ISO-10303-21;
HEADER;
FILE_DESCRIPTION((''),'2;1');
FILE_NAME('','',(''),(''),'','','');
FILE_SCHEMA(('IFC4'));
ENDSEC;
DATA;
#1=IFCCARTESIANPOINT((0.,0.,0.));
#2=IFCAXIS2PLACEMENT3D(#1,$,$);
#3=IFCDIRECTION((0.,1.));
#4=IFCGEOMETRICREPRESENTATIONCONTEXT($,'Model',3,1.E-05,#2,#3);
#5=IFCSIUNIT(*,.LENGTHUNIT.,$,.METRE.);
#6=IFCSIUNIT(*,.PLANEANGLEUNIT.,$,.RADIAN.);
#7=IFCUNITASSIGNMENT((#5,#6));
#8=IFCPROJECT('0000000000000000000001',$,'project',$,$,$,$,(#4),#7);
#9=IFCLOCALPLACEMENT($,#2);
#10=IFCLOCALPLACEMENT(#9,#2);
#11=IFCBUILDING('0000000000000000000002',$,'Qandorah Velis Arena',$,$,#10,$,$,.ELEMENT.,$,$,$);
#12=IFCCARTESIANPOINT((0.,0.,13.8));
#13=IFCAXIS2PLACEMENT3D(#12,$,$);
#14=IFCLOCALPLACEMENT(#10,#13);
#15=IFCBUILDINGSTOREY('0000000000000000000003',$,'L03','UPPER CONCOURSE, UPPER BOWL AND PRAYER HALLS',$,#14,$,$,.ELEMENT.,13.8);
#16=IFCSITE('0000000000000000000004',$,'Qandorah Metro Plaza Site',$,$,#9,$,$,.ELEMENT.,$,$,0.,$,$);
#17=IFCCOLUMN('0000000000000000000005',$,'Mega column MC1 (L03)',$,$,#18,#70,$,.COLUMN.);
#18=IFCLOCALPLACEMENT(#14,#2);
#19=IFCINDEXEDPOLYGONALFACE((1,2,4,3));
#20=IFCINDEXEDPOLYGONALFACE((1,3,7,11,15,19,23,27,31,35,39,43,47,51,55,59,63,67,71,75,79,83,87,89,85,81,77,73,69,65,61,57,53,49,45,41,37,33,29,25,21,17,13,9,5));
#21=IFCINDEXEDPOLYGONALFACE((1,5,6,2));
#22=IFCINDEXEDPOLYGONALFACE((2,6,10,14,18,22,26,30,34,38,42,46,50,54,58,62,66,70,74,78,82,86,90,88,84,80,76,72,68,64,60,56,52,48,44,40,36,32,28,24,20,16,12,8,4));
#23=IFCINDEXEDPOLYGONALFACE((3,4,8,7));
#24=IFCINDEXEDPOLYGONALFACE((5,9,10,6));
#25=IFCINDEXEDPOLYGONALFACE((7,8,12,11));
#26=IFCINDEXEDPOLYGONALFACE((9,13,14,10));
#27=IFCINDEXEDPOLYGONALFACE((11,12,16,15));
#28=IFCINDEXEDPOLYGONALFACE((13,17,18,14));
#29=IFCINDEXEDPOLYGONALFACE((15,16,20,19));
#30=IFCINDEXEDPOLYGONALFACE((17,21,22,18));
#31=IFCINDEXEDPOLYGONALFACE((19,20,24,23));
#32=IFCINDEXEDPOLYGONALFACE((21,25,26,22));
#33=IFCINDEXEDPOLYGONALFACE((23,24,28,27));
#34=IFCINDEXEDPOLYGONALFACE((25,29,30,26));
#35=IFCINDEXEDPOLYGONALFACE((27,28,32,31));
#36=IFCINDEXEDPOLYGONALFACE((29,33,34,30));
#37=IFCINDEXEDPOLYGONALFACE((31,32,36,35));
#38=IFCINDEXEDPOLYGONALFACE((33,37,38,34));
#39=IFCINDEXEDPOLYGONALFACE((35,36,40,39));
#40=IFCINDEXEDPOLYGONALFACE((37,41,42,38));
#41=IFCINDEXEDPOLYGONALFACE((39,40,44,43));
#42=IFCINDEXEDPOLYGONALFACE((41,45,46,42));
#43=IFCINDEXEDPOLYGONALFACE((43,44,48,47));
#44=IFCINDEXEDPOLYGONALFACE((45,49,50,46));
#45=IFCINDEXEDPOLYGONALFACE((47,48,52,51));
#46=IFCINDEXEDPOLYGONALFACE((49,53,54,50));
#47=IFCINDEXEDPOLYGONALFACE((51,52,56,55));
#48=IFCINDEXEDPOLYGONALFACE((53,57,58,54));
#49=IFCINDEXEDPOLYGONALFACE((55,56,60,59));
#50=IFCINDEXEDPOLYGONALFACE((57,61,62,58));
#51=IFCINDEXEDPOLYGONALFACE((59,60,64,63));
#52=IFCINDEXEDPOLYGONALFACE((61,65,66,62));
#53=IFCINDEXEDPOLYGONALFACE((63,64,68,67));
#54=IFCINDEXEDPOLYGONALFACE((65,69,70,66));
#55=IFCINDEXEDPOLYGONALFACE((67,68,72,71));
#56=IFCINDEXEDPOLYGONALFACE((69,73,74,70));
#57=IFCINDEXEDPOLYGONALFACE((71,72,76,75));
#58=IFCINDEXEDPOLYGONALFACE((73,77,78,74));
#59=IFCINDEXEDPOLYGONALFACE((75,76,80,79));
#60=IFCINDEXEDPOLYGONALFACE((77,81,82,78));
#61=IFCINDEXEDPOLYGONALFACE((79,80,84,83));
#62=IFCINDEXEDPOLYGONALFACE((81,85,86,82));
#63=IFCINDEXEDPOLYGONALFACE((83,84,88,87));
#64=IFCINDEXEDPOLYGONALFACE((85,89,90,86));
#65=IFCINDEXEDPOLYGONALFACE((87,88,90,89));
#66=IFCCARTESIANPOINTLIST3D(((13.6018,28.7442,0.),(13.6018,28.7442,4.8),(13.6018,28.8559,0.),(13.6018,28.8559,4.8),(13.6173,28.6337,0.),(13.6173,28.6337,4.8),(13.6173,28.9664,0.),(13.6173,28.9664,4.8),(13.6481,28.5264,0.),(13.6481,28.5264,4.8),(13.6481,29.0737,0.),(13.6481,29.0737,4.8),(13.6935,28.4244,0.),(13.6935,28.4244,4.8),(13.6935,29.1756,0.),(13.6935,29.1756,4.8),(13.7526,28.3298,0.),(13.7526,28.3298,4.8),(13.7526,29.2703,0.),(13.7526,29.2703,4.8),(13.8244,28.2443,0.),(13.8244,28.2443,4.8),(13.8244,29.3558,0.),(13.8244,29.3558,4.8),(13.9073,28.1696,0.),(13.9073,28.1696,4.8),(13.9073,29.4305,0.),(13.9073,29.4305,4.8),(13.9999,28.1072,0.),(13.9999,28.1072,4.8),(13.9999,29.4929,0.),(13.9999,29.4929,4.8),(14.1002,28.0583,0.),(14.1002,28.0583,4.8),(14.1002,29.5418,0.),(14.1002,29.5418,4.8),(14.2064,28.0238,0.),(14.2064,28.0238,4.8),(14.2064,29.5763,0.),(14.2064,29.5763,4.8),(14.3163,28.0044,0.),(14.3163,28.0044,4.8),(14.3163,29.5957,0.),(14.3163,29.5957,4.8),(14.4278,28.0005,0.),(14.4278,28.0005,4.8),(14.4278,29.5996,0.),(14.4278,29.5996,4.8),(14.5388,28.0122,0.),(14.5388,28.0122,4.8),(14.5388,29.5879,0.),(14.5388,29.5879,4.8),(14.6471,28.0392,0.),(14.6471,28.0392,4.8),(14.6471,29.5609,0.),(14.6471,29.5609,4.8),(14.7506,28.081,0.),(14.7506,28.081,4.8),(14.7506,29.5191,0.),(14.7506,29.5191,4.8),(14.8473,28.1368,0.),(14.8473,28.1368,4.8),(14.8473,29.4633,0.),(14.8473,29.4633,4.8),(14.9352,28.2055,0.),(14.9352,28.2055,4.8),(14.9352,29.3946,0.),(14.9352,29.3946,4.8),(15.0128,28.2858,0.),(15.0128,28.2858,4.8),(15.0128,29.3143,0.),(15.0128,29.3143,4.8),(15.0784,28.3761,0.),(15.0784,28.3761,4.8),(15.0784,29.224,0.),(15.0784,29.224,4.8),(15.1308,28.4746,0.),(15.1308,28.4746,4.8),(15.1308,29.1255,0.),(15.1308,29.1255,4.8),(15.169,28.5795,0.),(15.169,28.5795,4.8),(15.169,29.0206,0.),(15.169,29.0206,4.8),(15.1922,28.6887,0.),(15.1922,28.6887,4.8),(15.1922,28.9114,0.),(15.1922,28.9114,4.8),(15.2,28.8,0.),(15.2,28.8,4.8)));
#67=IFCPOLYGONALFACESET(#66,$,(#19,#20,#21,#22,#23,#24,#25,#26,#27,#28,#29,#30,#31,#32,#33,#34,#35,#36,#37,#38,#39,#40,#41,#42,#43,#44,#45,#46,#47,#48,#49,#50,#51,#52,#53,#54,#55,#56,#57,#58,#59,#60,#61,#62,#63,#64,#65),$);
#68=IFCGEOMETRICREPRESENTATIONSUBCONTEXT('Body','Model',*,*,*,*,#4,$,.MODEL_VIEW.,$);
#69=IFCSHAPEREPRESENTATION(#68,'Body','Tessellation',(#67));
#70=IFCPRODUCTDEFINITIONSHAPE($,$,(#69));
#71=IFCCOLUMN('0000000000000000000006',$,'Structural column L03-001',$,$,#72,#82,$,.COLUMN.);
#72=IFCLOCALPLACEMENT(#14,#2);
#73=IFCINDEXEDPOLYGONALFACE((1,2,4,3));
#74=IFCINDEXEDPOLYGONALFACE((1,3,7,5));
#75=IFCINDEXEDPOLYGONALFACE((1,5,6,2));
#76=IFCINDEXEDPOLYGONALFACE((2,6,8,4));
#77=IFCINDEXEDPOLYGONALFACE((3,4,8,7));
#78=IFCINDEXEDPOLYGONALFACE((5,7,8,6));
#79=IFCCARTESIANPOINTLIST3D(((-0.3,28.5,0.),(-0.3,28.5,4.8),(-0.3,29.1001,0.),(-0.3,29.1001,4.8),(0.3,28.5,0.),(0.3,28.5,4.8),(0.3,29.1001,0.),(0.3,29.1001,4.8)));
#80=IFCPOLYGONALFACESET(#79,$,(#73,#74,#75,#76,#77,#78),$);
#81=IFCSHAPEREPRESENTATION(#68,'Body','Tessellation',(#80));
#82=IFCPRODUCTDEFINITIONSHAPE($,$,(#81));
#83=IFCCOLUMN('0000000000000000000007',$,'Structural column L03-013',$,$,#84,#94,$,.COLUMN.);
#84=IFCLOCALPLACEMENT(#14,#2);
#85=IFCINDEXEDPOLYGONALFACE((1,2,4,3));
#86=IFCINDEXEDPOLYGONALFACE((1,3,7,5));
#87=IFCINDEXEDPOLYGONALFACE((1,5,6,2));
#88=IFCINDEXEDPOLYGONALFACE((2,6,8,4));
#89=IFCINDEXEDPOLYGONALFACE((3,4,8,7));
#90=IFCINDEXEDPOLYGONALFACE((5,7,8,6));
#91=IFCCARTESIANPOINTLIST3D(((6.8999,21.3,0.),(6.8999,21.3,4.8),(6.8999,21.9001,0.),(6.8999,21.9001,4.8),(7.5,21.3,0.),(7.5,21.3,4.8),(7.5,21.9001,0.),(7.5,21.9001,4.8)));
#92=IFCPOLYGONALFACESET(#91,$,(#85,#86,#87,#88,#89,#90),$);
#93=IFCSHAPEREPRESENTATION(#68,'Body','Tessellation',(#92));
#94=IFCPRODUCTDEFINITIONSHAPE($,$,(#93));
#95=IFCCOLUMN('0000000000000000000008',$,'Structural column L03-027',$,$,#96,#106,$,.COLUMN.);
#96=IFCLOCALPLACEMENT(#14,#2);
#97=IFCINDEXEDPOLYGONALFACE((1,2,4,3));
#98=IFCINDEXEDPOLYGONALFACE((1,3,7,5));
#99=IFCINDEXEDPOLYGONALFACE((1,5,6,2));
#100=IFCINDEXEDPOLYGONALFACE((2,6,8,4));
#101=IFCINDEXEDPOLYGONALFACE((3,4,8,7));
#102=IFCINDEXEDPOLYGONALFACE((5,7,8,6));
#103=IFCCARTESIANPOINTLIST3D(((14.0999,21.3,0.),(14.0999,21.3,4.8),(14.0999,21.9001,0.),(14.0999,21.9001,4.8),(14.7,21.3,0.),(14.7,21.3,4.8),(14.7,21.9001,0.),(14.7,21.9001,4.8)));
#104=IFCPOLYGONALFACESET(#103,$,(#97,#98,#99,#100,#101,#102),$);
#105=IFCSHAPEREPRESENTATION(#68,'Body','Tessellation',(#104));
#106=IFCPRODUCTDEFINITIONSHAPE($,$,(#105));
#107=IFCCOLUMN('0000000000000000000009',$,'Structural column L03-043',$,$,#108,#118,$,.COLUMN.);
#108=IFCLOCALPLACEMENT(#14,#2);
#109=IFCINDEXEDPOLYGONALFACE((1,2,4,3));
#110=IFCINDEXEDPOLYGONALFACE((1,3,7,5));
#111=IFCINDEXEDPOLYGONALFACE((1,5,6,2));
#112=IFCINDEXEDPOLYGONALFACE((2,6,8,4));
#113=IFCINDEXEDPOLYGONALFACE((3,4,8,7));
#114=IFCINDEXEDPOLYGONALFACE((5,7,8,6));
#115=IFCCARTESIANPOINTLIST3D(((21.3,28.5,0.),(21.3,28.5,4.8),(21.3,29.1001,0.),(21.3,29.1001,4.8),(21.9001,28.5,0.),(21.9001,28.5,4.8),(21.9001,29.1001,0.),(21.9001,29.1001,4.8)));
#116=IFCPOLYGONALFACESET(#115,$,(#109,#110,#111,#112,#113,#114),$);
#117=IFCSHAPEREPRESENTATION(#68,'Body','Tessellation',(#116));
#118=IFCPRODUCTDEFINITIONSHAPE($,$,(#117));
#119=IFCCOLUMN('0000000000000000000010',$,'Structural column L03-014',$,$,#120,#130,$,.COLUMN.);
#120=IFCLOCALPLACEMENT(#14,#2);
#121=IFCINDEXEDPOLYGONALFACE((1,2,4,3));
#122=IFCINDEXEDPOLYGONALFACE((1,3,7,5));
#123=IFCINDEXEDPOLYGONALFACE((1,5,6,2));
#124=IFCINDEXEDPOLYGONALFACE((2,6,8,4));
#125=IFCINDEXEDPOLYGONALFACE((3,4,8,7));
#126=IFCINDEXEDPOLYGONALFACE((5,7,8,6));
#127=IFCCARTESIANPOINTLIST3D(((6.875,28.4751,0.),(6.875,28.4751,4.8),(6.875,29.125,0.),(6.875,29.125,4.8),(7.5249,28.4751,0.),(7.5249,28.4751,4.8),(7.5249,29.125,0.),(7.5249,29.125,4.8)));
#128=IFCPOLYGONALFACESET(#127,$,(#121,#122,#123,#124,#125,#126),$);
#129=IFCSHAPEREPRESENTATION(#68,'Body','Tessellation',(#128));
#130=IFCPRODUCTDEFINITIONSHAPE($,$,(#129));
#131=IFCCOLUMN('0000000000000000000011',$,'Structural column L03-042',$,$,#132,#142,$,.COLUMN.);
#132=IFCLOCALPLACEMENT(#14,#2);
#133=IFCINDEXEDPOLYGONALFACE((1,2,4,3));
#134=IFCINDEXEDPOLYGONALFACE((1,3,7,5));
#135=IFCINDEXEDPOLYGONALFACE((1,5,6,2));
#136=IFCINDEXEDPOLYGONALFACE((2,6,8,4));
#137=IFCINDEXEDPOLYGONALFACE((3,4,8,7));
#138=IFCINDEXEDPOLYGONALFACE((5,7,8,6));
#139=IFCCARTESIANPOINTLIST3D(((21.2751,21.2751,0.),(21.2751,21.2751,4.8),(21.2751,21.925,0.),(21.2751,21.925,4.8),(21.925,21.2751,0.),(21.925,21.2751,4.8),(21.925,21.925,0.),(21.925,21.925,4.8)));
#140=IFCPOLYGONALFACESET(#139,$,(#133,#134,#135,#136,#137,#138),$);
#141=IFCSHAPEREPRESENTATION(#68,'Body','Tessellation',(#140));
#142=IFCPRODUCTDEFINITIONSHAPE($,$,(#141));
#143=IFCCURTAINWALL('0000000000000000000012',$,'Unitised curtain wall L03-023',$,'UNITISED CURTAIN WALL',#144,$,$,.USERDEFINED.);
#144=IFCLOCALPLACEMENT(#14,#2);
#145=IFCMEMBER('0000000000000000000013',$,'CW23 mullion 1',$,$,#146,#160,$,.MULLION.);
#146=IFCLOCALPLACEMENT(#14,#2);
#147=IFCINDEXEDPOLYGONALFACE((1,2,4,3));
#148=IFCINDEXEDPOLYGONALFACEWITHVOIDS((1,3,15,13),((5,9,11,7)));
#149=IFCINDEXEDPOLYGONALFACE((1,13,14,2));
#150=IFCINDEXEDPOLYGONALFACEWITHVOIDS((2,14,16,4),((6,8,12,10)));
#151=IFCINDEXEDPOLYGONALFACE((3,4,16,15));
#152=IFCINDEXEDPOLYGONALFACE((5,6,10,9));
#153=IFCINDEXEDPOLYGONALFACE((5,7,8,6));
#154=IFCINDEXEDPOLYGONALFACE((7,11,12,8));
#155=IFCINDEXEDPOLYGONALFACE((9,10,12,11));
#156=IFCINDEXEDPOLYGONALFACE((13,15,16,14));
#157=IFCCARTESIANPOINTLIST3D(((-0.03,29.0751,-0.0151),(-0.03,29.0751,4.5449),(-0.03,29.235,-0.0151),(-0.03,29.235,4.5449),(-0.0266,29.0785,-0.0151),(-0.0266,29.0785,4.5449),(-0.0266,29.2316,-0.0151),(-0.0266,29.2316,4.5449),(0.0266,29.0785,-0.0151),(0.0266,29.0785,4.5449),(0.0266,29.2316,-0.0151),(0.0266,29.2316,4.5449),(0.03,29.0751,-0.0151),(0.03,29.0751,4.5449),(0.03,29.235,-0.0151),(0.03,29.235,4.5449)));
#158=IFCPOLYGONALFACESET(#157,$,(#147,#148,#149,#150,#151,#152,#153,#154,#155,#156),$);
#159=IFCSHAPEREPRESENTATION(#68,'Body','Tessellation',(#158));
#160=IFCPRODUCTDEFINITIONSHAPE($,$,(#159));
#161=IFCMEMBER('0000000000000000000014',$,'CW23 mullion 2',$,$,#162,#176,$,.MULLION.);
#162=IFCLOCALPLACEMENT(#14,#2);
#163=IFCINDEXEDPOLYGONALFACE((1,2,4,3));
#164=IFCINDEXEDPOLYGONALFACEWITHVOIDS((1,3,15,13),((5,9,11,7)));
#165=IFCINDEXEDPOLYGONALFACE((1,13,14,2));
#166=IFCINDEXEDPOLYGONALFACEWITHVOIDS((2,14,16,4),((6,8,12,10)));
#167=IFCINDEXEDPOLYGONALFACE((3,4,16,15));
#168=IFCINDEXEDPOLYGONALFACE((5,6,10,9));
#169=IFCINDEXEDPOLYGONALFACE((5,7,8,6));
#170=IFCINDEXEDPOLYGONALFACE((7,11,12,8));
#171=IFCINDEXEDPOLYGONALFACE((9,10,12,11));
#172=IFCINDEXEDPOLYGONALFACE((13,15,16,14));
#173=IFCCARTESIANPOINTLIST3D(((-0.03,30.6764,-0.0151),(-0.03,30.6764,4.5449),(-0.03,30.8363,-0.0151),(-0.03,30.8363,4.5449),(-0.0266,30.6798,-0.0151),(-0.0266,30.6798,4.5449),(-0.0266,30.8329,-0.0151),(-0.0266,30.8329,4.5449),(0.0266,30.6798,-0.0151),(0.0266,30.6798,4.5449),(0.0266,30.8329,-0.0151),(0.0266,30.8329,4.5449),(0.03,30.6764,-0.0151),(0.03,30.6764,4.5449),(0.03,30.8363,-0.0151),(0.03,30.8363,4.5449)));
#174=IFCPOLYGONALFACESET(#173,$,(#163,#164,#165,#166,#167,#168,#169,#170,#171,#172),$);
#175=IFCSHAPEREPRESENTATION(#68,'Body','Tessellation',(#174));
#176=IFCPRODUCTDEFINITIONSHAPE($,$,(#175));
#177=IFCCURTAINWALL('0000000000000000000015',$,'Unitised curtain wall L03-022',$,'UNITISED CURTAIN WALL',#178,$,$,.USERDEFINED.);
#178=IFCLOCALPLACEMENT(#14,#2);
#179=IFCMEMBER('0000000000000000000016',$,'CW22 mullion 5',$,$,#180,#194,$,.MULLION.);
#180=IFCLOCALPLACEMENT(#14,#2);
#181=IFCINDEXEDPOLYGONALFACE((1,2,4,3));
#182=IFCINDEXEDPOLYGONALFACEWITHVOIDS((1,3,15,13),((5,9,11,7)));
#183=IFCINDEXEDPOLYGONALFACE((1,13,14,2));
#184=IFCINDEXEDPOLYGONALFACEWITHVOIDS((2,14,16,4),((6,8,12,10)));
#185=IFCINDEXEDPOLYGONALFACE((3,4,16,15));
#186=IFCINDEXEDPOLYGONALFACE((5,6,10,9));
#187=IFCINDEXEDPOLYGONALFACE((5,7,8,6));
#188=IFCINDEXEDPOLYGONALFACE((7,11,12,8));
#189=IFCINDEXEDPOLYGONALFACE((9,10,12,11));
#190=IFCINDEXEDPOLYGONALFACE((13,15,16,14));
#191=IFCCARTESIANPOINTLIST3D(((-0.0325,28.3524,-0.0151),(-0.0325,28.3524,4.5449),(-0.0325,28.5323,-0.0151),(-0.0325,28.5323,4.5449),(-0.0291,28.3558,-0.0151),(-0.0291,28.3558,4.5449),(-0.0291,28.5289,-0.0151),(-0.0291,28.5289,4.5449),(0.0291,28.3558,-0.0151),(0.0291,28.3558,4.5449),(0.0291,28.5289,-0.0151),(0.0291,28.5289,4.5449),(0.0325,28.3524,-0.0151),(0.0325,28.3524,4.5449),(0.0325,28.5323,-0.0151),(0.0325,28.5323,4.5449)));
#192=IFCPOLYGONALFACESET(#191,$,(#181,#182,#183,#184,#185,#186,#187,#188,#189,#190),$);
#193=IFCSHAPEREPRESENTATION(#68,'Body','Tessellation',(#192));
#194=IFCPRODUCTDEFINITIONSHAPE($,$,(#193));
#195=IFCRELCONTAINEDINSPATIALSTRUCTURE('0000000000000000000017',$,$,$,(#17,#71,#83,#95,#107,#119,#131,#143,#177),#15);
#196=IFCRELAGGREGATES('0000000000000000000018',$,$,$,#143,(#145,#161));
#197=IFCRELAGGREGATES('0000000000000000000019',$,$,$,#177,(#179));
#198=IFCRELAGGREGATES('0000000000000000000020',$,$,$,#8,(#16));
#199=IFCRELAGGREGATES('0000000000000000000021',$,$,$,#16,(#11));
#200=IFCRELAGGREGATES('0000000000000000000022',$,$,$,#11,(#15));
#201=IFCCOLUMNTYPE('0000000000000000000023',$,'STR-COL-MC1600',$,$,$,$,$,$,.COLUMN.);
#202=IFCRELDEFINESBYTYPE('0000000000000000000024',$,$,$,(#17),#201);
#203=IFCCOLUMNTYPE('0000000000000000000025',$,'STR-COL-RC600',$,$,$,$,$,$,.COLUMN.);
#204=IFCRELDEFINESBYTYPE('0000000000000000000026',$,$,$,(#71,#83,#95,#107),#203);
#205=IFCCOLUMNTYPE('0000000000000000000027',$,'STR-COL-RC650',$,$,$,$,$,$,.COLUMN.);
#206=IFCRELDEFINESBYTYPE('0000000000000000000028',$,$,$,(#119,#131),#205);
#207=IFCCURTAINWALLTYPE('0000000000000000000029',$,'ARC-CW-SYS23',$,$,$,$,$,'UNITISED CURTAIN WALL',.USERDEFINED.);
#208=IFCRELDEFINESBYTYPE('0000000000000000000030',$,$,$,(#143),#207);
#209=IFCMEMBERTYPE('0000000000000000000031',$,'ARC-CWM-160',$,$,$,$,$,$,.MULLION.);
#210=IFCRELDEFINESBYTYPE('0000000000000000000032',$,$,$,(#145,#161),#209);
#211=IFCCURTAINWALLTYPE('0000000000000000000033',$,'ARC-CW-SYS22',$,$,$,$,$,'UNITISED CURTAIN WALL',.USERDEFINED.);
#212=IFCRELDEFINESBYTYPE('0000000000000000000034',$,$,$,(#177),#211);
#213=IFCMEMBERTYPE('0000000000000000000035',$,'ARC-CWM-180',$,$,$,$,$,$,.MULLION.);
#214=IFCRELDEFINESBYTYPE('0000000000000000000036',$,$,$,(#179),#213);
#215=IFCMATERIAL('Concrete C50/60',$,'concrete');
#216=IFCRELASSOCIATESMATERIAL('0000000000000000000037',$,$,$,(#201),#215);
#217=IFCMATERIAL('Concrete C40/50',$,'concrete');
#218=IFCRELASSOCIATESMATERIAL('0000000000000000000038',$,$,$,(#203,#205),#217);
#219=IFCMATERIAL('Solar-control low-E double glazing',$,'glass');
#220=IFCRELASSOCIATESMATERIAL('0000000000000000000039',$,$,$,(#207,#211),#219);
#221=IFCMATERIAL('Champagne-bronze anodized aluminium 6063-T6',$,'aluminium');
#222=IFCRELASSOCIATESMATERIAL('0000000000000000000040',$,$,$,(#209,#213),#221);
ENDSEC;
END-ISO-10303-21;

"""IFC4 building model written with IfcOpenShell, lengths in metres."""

from ifc_helpers import new_model, si_unit, direction, frame, origin, origin_2d, place, context, subcontext, project, spatial, rectangle, hollow_rectangle, circle, extrude, material, material_profile, profile_set, type_object, element, aggregate, save


model = new_model("IFC4")

# Units and contexts
model_context = context("Model", 3, precision=1e-05, world=origin(), true_north=direction((0.0, 1.0)))
body_context = subcontext(model_context, "Body", "Model", "MODEL_VIEW")
ifc_project = project(units=[si_unit("LENGTHUNIT", "METRE"), si_unit("PLANEANGLEUNIT", "RADIAN")], contexts=[model_context])

# Site, building, storey
site_placement = place(None, origin())
site = spatial("IfcSite", under=ifc_project, at=site_placement, Name="Qandorah Metro Plaza Site", CompositionType="ELEMENT", RefElevation=0.0)
building_placement = place(site_placement, origin())
building = spatial("IfcBuilding", under=site, at=building_placement, Name="Qandorah Velis Arena", CompositionType="ELEMENT")
storey_placement = place(building_placement, frame((0.0, 0.0, 13.8)))
storey = spatial("IfcBuildingStorey", under=building, at=storey_placement, Name="L03", Description="UPPER CONCOURSE, UPPER BOWL AND PRAYER HALLS", CompositionType="ELEMENT", Elevation=13.8)

# Columns
ifc_material_1 = material(Name="Concrete C50/60", Category="concrete")
ifc_material_profile_1 = material_profile(ifc_material_1, circle(Radius=0.8, at=origin_2d()), Name="MC D1600")
ifc_profile_set_1 = profile_set([ifc_material_profile_1], Name="Concrete C50/60")
column_type_1 = type_object("IfcColumnType", Name="STR-COL-MC1600", PredefinedType="COLUMN", material=ifc_profile_set_1)
column_placement = place(storey_placement, frame((14.3999, 28.8, 0.0), z_axis=(0.0, 0.0, 1.0), x_axis=(1.0, 0.0, 0.0)))
element("IfcColumn", 1, at=column_placement, inside=storey, type_object=column_type_1, Name="Mega column MC1 (L03)", PredefinedType="COLUMN", context=body_context, shape_type="SweptSolid", body=[
    extrude(circle(Radius=0.8, at=origin_2d()), origin(), (0.0, 0.0, 1.0), 4.8),
])
ifc_material_2 = material(Name="Concrete C40/50", Category="concrete")
ifc_material_profile_2 = material_profile(ifc_material_2, rectangle(XDim=0.6001, YDim=0.6001, at=origin_2d()), Name="RC COL 600x600")
ifc_profile_set_2 = profile_set([ifc_material_profile_2], Name="Concrete C40/50")
column_type_2 = type_object("IfcColumnType", Name="STR-COL-RC600", PredefinedType="COLUMN", material=ifc_profile_set_2)
for number, where, z_axis, x_axis, name in (
    (2, (0.0, 28.8, 0.0), (0.0, 0.0, 1.0), (1.0, 0.0, 0.0), "Structural column L03-001"),
    (3, (7.2, 21.6001, 0.0), (0.0, 0.0, 1.0), (1.0, 0.0, 0.0), "Structural column L03-013"),
    (4, (14.3999, 21.6001, 0.0), (0.0, 0.0, 1.0), (1.0, 0.0, 0.0), "Structural column L03-027"),
    (5, (21.6001, 28.8, 0.0), (0.0, 0.0, 1.0), (1.0, 0.0, 0.0), "Structural column L03-043"),
):
    element("IfcColumn", number, at=place(storey_placement, frame(where, z_axis=z_axis, x_axis=x_axis)), inside=storey, type_object=column_type_2, Name=name, PredefinedType="COLUMN", context=body_context, shape_type="SweptSolid", body=[
        extrude(rectangle(XDim=0.6001, YDim=0.6001, at=origin_2d()), origin(), (0.0, 0.0, 1.0), 4.8),
    ])
ifc_material_profile_3 = material_profile(ifc_material_2, rectangle(XDim=0.6499, YDim=0.6499, at=origin_2d()), Name="RC COL 650x650")
ifc_profile_set_3 = profile_set([ifc_material_profile_3], Name="Concrete C40/50")
column_type_3 = type_object("IfcColumnType", Name="STR-COL-RC650", PredefinedType="COLUMN", material=ifc_profile_set_3)
for number, where, z_axis, x_axis, name in (
    (6, (7.2, 28.8, 0.0), (0.0, 0.0, 1.0), (1.0, 0.0, 0.0), "Structural column L03-014"),
    (7, (21.6001, 21.6001, 0.0), (0.0, 0.0, 1.0), (1.0, 0.0, 0.0), "Structural column L03-042"),
):
    element("IfcColumn", number, at=place(storey_placement, frame(where, z_axis=z_axis, x_axis=x_axis)), inside=storey, type_object=column_type_3, Name=name, PredefinedType="COLUMN", context=body_context, shape_type="SweptSolid", body=[
        extrude(rectangle(XDim=0.6499, YDim=0.6499, at=origin_2d()), origin(), (0.0, 0.0, 1.0), 4.8),
    ])

# Curtain wall, members
ifc_material_3 = material(Name="Solar-control low-E double glazing", Category="glass")
curtain_wall_type_1 = type_object("IfcCurtainWallType", Name="ARC-CW-SYS23", ElementType="UNITISED CURTAIN WALL", PredefinedType="USERDEFINED", material=ifc_material_3)
curtain_wall_1_placement = place(storey_placement, origin())
curtain_wall_1 = element("IfcCurtainWall", 8, at=curtain_wall_1_placement, inside=storey, type_object=curtain_wall_type_1, Name="Unitised curtain wall L03-023", ObjectType="UNITISED CURTAIN WALL", PredefinedType="USERDEFINED")
ifc_material_4 = material(Name="Champagne-bronze anodized aluminium 6063-T6", Category="aluminium")
ifc_material_profile_4 = material_profile(ifc_material_4, hollow_rectangle(XDim=0.0601, YDim=0.1599, WallThickness=0.0034, at=origin_2d()), Name="ALU MULLION 60x160")
ifc_profile_set_4 = profile_set([ifc_material_profile_4], Name="Champagne-bronze anodized aluminium 6063-T6")
member_type_1 = type_object("IfcMemberType", Name="ARC-CWM-160", PredefinedType="MULLION", material=ifc_profile_set_4)
member_1_placement = place(storey_placement, frame((0.0, 29.155, -0.0151), z_axis=(0.0, 0.0, 1.0), x_axis=(-1.0, 0.0, 0.0)))
member_1 = element("IfcMember", 9, at=member_1_placement, type_object=member_type_1, Name="CW23 mullion 1", PredefinedType="MULLION", context=body_context, shape_type="SweptSolid", body=[
    extrude(hollow_rectangle(XDim=0.0601, YDim=0.1599, WallThickness=0.0034, at=origin_2d()), origin(), (0.0, 0.0, 1.0), 4.5601),
])
member_2_placement = place(storey_placement, frame((0.0, 30.7563, -0.0151), z_axis=(0.0, 0.0, 1.0), x_axis=(-1.0, 0.0, 0.0)))
member_2 = element("IfcMember", 10, at=member_2_placement, type_object=member_type_1, Name="CW23 mullion 2", PredefinedType="MULLION", context=body_context, shape_type="SweptSolid", body=[
    extrude(hollow_rectangle(XDim=0.0601, YDim=0.1599, WallThickness=0.0034, at=origin_2d()), origin(), (0.0, 0.0, 1.0), 4.5601),
])

# Curtain wall, member
curtain_wall_type_2 = type_object("IfcCurtainWallType", Name="ARC-CW-SYS22", ElementType="UNITISED CURTAIN WALL", PredefinedType="USERDEFINED", material=ifc_material_3)
curtain_wall_2_placement = place(storey_placement, origin())
curtain_wall_2 = element("IfcCurtainWall", 11, at=curtain_wall_2_placement, inside=storey, type_object=curtain_wall_type_2, Name="Unitised curtain wall L03-022", ObjectType="UNITISED CURTAIN WALL", PredefinedType="USERDEFINED")
ifc_material_profile_5 = material_profile(ifc_material_4, hollow_rectangle(XDim=0.0649, YDim=0.1799, WallThickness=0.0034, at=origin_2d()), Name="ALU MULLION 65x180")
ifc_profile_set_5 = profile_set([ifc_material_profile_5], Name="Champagne-bronze anodized aluminium 6063-T6")
member_type_2 = type_object("IfcMemberType", Name="ARC-CWM-180", PredefinedType="MULLION", material=ifc_profile_set_5)
member_3_placement = place(storey_placement, frame((0.0, 28.4424, -0.0151), z_axis=(0.0, 0.0, 1.0), x_axis=(-1.0, 0.0, 0.0)))
member_3 = element("IfcMember", 12, at=member_3_placement, type_object=member_type_2, Name="CW22 mullion 5", PredefinedType="MULLION", context=body_context, shape_type="SweptSolid", body=[
    extrude(hollow_rectangle(XDim=0.0649, YDim=0.1799, WallThickness=0.0034, at=origin_2d()), origin(), (0.0, 0.0, 1.0), 4.5601),
])

aggregate(curtain_wall_1, [member_1, member_2])
aggregate(curtain_wall_2, [member_3])

save(model, "model.ifc")
